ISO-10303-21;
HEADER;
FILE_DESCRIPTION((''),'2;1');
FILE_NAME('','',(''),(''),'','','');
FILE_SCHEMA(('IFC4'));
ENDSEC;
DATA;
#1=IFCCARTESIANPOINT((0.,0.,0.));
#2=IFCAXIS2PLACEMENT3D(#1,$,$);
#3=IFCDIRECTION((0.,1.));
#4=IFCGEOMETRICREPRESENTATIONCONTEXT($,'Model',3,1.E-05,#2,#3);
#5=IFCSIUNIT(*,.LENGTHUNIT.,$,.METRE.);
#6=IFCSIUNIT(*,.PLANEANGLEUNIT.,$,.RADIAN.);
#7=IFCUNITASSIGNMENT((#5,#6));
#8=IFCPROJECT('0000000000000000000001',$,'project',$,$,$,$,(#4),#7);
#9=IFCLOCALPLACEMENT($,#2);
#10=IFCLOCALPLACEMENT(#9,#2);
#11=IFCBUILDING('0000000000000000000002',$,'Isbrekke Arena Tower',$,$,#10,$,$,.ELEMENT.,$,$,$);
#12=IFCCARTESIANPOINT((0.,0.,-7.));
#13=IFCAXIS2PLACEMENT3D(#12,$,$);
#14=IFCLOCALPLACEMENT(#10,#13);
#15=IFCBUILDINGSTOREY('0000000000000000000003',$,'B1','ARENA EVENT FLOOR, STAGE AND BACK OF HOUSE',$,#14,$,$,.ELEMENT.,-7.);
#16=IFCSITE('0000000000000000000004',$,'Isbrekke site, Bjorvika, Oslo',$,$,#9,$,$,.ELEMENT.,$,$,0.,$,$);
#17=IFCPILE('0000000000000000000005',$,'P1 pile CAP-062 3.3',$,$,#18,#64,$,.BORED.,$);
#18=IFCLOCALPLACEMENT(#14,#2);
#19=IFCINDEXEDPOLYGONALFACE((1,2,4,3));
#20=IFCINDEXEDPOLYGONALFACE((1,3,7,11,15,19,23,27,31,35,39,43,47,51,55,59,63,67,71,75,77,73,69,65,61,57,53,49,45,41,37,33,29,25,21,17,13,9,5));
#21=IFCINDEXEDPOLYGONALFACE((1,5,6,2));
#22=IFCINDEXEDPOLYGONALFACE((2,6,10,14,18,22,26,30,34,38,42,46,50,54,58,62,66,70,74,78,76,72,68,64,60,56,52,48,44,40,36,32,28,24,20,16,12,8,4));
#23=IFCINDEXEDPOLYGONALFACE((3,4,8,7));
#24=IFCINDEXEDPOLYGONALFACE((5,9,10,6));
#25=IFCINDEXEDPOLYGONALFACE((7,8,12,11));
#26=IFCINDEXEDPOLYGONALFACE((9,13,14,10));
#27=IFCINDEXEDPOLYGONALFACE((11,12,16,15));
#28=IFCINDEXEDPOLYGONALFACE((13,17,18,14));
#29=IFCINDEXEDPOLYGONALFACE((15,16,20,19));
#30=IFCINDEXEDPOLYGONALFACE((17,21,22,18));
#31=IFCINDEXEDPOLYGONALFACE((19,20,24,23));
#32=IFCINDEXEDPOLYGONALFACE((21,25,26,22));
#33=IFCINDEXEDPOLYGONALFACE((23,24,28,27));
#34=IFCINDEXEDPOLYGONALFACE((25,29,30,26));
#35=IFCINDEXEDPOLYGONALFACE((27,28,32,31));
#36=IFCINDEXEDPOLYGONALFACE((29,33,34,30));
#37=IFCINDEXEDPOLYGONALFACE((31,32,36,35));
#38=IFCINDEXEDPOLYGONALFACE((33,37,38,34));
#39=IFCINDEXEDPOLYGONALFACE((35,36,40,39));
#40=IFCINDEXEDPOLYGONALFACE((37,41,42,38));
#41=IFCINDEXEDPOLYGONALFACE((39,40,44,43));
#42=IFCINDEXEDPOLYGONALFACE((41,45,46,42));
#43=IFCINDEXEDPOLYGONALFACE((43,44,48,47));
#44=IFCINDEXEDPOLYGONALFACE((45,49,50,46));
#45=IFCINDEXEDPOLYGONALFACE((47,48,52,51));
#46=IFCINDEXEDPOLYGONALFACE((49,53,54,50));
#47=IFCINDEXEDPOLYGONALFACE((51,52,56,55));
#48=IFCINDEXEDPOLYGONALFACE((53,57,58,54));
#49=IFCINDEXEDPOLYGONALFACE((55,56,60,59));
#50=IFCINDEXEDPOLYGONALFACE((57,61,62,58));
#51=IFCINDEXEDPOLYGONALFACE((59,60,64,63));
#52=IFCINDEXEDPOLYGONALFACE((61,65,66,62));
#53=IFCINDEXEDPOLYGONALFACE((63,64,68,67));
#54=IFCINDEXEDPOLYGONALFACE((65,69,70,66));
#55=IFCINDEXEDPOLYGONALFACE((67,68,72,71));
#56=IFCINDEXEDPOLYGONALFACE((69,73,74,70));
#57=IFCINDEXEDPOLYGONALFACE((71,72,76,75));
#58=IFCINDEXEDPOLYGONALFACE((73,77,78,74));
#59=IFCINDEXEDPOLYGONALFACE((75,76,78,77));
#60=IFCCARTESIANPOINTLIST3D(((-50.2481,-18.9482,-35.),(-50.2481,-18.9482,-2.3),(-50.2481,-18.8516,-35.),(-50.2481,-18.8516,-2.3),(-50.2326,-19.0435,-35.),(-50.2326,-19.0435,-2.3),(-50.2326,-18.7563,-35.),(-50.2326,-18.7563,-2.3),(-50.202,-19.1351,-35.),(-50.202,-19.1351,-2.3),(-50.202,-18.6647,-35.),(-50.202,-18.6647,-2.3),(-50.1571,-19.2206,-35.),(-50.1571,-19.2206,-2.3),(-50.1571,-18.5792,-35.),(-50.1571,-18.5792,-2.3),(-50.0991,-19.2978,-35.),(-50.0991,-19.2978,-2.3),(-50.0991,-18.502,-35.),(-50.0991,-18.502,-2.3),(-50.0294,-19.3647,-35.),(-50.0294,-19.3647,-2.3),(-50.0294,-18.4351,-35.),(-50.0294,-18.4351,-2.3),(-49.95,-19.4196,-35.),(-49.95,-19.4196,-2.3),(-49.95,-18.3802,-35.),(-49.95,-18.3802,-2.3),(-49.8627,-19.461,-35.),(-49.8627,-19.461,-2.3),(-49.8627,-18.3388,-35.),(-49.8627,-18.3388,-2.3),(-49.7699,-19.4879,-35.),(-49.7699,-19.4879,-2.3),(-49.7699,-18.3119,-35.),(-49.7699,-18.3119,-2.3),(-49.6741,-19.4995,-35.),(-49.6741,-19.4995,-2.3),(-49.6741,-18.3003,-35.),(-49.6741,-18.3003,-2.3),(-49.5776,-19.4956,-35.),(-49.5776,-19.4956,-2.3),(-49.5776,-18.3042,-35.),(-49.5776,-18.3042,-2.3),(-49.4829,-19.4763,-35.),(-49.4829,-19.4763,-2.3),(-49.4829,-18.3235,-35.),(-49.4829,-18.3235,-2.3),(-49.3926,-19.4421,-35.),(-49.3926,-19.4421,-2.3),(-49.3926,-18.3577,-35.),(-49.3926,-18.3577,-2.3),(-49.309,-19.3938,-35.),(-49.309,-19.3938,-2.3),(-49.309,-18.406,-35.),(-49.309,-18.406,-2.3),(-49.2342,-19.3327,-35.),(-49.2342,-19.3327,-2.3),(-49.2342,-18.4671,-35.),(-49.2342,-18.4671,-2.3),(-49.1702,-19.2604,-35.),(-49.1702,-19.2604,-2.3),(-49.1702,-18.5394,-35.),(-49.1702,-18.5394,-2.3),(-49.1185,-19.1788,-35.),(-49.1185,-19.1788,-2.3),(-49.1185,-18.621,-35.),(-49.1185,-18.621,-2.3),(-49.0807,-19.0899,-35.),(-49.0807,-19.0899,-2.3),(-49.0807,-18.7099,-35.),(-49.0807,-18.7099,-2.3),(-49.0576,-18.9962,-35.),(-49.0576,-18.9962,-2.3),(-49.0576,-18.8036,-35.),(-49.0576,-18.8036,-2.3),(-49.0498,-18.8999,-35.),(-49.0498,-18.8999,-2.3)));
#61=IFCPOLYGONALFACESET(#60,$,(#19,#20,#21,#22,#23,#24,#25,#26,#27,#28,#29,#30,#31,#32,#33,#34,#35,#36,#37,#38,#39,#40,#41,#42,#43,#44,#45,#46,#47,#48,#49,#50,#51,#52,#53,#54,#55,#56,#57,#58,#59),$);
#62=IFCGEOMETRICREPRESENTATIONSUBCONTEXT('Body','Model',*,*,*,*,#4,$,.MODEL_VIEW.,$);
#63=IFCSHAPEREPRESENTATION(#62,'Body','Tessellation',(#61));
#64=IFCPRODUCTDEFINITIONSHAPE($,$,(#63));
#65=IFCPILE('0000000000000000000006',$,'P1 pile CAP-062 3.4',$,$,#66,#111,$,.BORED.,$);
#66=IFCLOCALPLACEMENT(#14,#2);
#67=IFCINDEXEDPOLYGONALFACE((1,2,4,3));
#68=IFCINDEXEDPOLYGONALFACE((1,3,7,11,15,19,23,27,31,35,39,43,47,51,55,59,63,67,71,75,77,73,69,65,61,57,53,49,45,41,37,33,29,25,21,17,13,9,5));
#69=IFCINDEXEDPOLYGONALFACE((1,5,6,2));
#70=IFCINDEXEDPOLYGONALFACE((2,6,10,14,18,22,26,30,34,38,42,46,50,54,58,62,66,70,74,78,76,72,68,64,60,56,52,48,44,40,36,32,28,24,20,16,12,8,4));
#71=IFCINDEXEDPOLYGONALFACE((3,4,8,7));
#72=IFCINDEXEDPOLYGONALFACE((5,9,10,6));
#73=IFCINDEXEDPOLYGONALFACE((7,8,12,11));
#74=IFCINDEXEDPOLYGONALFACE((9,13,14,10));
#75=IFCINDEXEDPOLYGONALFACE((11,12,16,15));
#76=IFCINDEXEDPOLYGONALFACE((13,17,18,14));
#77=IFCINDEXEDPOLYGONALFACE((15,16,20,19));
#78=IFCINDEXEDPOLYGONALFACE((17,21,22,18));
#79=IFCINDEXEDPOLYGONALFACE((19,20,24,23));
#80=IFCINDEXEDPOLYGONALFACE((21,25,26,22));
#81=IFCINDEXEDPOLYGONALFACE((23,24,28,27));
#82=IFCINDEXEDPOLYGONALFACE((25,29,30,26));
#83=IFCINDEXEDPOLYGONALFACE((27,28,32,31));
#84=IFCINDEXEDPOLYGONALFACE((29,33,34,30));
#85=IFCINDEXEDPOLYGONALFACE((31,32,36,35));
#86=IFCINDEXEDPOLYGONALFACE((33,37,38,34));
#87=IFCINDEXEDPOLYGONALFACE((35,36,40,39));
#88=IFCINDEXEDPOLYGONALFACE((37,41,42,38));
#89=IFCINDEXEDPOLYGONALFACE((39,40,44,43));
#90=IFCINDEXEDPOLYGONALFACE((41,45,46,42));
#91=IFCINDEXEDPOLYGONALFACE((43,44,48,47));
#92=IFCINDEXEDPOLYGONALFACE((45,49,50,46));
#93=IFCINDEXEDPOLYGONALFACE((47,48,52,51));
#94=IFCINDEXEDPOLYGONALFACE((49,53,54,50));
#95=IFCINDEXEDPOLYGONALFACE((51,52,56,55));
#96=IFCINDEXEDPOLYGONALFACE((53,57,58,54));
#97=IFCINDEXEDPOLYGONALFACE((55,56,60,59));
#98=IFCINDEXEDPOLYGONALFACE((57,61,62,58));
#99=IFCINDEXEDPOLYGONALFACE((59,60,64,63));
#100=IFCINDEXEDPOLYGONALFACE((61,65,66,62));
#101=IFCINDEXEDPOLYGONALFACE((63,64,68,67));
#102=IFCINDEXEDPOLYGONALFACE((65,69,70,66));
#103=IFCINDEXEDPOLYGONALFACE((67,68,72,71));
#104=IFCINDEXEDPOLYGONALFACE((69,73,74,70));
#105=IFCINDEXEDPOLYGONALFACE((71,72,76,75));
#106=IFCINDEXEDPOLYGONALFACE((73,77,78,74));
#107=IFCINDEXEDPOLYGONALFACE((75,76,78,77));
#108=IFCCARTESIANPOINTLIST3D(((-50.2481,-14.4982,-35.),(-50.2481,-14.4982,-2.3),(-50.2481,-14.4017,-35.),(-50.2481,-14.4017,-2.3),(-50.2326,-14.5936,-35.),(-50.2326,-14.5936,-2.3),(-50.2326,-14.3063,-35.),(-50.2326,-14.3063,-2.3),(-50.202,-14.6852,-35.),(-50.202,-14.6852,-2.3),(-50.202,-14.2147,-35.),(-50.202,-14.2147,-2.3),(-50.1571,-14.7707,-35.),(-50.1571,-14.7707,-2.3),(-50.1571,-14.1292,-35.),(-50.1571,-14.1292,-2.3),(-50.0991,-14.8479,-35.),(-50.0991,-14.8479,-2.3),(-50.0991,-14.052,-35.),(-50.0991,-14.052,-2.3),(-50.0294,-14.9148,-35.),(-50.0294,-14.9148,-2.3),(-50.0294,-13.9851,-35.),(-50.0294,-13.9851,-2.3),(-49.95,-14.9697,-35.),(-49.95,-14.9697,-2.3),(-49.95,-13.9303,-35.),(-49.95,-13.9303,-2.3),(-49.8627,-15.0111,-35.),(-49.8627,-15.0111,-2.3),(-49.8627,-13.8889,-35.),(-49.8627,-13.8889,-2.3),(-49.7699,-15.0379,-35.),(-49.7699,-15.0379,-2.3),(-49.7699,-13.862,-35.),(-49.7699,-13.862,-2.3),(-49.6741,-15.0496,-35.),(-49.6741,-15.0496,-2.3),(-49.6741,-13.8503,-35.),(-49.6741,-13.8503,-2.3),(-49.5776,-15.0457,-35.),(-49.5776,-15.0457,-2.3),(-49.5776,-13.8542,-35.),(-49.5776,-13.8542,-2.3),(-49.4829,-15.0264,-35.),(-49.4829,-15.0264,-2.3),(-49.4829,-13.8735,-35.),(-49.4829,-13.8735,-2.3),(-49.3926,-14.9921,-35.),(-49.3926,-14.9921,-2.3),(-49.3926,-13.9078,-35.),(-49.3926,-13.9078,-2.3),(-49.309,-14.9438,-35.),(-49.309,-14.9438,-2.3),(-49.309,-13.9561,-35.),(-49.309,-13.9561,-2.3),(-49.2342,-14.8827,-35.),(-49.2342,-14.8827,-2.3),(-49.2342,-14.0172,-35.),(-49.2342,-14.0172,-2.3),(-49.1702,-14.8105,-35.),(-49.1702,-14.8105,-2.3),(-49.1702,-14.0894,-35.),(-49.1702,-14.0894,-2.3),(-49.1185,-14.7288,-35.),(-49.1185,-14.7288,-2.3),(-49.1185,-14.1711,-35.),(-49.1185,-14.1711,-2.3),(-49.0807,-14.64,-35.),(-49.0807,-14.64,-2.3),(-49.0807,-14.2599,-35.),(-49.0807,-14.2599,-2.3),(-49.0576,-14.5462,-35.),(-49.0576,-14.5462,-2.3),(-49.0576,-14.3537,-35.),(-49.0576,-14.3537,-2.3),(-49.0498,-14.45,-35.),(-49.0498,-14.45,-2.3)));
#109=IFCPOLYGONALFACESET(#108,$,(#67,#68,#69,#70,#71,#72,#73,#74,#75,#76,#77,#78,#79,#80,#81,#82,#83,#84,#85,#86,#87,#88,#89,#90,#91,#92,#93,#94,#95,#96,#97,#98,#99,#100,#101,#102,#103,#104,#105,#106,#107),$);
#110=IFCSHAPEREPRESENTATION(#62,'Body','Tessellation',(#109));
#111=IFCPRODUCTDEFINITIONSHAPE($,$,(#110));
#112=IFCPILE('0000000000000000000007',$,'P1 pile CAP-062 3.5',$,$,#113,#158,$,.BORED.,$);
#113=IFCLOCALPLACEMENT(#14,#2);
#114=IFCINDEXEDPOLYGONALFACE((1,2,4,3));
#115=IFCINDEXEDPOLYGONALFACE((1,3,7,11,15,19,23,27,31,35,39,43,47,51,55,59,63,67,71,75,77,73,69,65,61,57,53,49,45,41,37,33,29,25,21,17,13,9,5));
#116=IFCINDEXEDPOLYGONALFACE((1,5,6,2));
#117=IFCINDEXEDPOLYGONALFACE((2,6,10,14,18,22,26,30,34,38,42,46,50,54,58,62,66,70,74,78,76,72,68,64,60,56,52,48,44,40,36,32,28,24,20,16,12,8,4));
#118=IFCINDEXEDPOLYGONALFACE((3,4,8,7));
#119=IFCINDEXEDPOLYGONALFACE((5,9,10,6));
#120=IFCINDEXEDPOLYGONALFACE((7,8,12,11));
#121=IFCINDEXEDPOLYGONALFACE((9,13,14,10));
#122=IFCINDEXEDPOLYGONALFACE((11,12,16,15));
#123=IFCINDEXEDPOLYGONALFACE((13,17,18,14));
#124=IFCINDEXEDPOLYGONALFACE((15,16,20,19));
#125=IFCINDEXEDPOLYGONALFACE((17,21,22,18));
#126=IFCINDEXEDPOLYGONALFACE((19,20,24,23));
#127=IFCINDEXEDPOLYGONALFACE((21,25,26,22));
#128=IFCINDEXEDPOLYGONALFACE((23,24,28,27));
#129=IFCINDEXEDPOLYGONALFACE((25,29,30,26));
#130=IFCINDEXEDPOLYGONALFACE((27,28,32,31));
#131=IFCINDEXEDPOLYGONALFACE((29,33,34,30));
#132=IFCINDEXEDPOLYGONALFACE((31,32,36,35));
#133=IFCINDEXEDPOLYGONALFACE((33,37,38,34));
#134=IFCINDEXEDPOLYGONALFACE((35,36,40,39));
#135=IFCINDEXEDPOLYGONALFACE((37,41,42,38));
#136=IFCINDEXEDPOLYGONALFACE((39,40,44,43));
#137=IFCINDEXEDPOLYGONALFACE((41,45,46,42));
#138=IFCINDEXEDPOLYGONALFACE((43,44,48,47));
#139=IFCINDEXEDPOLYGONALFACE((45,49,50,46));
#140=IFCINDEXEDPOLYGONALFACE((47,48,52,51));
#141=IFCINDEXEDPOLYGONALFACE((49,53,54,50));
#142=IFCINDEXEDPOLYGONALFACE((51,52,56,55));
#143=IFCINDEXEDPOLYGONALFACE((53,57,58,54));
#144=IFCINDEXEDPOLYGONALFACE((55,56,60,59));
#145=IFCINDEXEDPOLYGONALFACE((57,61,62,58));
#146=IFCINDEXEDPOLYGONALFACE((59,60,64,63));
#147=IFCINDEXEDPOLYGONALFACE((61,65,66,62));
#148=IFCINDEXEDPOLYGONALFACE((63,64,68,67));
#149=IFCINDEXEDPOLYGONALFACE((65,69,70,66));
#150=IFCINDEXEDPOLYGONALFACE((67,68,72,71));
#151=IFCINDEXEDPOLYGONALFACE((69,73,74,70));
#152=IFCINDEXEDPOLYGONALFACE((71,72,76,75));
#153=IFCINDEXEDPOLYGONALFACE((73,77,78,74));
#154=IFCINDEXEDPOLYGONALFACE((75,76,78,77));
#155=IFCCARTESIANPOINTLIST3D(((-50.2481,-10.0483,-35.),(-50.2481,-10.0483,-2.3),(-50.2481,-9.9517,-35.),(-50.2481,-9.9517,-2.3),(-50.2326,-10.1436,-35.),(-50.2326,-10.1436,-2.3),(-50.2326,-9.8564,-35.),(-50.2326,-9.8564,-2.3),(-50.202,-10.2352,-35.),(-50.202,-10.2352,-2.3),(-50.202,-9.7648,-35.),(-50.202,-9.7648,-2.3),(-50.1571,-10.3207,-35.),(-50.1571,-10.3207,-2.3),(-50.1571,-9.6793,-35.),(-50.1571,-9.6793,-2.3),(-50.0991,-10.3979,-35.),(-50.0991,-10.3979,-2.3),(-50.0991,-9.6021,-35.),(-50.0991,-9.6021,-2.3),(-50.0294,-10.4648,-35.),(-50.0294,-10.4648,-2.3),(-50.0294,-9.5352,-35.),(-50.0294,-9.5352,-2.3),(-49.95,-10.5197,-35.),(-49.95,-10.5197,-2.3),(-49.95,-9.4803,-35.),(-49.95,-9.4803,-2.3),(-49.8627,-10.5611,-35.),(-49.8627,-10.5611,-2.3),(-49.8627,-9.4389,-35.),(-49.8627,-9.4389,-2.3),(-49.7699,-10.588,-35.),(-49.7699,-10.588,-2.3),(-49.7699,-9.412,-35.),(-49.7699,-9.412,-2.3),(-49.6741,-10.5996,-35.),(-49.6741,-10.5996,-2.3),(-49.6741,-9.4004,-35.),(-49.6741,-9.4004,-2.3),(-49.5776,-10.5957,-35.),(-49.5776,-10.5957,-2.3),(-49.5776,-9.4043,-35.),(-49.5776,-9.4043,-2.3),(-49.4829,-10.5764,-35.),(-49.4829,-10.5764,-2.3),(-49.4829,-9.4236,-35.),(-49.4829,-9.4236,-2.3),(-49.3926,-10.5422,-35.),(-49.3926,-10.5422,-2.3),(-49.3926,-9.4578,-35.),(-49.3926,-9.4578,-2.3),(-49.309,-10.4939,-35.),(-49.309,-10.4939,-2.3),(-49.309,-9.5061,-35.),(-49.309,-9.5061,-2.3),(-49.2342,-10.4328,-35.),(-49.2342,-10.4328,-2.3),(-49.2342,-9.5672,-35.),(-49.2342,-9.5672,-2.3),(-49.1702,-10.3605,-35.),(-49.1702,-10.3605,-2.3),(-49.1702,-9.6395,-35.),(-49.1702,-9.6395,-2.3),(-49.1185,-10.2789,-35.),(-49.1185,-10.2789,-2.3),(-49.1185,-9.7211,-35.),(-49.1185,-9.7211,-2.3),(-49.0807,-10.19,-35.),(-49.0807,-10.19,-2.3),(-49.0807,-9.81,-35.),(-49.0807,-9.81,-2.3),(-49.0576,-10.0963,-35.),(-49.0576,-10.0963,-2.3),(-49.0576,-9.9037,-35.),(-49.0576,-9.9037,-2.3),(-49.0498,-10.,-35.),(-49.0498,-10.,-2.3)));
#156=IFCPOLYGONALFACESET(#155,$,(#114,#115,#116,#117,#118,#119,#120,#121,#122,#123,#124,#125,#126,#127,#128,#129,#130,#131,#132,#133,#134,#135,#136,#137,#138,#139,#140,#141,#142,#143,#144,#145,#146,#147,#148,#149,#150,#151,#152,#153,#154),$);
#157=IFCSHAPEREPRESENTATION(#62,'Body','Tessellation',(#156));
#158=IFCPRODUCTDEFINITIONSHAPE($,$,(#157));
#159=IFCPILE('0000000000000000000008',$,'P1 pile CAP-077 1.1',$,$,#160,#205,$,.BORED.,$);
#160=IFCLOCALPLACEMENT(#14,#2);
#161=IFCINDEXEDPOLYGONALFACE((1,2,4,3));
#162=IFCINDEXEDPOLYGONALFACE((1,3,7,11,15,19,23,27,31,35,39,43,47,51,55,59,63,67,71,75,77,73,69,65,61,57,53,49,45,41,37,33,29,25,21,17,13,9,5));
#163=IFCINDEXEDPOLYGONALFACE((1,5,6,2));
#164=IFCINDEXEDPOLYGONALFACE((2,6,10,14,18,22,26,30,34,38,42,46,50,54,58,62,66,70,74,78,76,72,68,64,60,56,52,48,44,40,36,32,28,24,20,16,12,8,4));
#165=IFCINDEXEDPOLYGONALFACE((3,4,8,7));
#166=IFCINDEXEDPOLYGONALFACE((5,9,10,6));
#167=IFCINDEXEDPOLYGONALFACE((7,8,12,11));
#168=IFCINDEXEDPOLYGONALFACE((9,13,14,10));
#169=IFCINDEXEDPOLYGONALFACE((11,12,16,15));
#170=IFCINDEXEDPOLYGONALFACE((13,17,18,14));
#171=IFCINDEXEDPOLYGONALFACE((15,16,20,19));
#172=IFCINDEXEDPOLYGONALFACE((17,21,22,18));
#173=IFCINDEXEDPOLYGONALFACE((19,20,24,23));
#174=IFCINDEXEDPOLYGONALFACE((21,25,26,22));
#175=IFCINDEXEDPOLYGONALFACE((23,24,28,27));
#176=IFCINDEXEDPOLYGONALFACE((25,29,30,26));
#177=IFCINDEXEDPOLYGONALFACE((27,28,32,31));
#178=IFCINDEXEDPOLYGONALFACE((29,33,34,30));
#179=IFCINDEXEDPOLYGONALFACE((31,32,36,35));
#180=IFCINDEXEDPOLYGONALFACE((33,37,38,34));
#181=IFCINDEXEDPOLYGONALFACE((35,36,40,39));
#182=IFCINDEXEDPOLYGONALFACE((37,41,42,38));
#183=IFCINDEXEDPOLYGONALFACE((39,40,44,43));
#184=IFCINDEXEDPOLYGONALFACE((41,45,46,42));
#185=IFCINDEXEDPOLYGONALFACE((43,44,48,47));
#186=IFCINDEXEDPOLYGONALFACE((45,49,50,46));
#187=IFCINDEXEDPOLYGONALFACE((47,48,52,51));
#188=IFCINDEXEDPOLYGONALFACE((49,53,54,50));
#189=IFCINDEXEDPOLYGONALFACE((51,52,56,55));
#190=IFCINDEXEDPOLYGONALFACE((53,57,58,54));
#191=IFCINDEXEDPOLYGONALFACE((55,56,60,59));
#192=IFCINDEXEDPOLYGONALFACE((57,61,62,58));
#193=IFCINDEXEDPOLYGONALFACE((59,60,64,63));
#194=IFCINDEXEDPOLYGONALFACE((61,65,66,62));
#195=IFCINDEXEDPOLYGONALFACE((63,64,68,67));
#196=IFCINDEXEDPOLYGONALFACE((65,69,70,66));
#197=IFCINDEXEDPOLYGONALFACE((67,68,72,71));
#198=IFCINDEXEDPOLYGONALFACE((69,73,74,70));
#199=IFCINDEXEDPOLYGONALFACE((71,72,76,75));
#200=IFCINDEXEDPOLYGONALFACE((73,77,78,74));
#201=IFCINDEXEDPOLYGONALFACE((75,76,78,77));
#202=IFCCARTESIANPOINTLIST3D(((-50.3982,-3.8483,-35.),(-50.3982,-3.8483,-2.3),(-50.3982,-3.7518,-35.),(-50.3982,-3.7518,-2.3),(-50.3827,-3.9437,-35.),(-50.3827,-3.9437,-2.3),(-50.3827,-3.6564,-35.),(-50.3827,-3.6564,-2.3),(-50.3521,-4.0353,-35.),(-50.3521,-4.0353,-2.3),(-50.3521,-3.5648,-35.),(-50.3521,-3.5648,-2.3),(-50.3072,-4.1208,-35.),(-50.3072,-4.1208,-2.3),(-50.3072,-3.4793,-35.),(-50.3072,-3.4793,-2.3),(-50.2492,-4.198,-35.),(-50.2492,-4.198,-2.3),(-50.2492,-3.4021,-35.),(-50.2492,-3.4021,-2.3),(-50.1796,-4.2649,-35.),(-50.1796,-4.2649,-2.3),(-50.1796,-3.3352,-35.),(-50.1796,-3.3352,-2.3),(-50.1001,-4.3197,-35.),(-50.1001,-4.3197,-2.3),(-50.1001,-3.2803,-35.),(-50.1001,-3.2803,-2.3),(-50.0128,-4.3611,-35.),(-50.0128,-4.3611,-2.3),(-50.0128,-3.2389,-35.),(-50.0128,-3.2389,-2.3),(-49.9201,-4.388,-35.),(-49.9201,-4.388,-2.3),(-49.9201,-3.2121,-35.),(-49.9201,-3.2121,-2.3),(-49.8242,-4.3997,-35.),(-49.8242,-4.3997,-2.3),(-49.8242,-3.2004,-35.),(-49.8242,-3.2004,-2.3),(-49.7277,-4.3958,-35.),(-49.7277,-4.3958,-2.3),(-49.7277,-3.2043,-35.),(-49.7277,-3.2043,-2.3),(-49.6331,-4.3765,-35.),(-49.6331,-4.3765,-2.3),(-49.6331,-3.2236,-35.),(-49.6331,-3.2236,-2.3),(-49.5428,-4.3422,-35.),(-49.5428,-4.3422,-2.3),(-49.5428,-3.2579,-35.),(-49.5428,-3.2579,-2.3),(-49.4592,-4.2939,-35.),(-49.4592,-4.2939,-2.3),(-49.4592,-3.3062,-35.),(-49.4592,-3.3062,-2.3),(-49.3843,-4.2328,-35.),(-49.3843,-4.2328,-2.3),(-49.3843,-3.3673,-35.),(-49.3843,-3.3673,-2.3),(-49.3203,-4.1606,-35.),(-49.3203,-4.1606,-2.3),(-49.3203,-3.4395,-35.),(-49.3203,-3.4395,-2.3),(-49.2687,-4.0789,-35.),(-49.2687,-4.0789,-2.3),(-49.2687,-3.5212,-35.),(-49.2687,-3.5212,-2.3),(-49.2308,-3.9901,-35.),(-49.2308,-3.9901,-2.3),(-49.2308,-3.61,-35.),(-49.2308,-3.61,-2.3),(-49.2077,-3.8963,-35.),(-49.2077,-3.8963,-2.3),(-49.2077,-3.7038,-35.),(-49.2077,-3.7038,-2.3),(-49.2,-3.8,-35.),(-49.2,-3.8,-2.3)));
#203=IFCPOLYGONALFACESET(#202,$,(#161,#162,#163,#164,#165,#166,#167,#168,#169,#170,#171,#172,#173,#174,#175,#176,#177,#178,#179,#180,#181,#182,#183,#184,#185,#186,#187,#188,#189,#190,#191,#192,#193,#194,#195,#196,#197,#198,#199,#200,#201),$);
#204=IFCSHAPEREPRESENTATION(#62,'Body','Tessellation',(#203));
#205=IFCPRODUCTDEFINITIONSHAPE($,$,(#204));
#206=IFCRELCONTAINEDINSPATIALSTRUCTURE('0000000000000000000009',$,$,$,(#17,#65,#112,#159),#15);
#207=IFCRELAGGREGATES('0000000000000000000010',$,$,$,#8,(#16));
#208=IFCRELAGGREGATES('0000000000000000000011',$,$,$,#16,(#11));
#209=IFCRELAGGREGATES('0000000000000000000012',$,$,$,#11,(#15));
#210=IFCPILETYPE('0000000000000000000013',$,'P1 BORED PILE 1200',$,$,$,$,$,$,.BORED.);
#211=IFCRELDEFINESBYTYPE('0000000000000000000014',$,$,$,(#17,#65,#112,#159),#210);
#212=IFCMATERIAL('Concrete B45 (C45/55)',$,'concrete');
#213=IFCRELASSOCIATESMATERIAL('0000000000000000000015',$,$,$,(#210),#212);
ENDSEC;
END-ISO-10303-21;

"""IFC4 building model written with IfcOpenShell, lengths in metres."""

from ifc_helpers import new_model, si_unit, direction, frame, origin, origin_2d, place, context, subcontext, project, spatial, circle, extrude, material, material_profile, profile_set, type_object, element, save


model = new_model("IFC4")

# Units and contexts
model_context = context("Model", 3, precision=1e-05, world=origin(), true_north=direction((0.0, 1.0)))
body_context = subcontext(model_context, "Body", "Model", "MODEL_VIEW")
ifc_project = project(units=[si_unit("LENGTHUNIT", "METRE"), si_unit("PLANEANGLEUNIT", "RADIAN")], contexts=[model_context])

# Site, building, storey
site_placement = place(None, origin())
site = spatial("IfcSite", under=ifc_project, at=site_placement, Name="Isbrekke site, Bjorvika, Oslo", CompositionType="ELEMENT", RefElevation=0.0)
building_placement = place(site_placement, origin())
building = spatial("IfcBuilding", under=site, at=building_placement, Name="Isbrekke Arena Tower", CompositionType="ELEMENT")
storey_placement = place(building_placement, frame((0.0, 0.0, -7.0)))
storey = spatial("IfcBuildingStorey", under=building, at=storey_placement, Name="B1", Description="ARENA EVENT FLOOR, STAGE AND BACK OF HOUSE", CompositionType="ELEMENT", Elevation=-7.0)

# Piles
ifc_material_1 = material(Name="Concrete B45 (C45/55)", Category="concrete")
ifc_material_profile_1 = material_profile(ifc_material_1, circle(Radius=0.6001, at=origin_2d()), Name="BORED PILE D1200")
ifc_profile_set_1 = profile_set([ifc_material_profile_1], Name="Concrete B45 (C45/55)")
pile_type = type_object("IfcPileType", Name="P1 BORED PILE 1200", PredefinedType="BORED", material=ifc_profile_set_1)
for number, where, z_axis, x_axis, name in (
    (1, (-49.6499, -18.8999, -2.3), (0.0, 0.0, -1.0), (1.0, 0.0, 0.0), "P1 pile CAP-062 3.3"),
    (2, (-49.6499, -14.45, -2.3), (0.0, 0.0, -1.0), (1.0, 0.0, 0.0), "P1 pile CAP-062 3.4"),
    (3, (-49.6499, -10.0, -2.3), (0.0, 0.0, -1.0), (1.0, 0.0, 0.0), "P1 pile CAP-062 3.5"),
    (4, (-49.8, -3.8, -2.3), (0.0, 0.0, -1.0), (1.0, 0.0, 0.0), "P1 pile CAP-077 1.1"),
):
    element("IfcPile", number, at=place(storey_placement, frame(where, z_axis=z_axis, x_axis=x_axis)), inside=storey, type_object=pile_type, Name=name, PredefinedType="BORED", context=body_context, shape_type="SweptSolid", body=[
        extrude(circle(Radius=0.6001, at=origin_2d()), origin(), (0.0, 0.0, 1.0), 32.7),
    ])

save(model, "model.ifc")
